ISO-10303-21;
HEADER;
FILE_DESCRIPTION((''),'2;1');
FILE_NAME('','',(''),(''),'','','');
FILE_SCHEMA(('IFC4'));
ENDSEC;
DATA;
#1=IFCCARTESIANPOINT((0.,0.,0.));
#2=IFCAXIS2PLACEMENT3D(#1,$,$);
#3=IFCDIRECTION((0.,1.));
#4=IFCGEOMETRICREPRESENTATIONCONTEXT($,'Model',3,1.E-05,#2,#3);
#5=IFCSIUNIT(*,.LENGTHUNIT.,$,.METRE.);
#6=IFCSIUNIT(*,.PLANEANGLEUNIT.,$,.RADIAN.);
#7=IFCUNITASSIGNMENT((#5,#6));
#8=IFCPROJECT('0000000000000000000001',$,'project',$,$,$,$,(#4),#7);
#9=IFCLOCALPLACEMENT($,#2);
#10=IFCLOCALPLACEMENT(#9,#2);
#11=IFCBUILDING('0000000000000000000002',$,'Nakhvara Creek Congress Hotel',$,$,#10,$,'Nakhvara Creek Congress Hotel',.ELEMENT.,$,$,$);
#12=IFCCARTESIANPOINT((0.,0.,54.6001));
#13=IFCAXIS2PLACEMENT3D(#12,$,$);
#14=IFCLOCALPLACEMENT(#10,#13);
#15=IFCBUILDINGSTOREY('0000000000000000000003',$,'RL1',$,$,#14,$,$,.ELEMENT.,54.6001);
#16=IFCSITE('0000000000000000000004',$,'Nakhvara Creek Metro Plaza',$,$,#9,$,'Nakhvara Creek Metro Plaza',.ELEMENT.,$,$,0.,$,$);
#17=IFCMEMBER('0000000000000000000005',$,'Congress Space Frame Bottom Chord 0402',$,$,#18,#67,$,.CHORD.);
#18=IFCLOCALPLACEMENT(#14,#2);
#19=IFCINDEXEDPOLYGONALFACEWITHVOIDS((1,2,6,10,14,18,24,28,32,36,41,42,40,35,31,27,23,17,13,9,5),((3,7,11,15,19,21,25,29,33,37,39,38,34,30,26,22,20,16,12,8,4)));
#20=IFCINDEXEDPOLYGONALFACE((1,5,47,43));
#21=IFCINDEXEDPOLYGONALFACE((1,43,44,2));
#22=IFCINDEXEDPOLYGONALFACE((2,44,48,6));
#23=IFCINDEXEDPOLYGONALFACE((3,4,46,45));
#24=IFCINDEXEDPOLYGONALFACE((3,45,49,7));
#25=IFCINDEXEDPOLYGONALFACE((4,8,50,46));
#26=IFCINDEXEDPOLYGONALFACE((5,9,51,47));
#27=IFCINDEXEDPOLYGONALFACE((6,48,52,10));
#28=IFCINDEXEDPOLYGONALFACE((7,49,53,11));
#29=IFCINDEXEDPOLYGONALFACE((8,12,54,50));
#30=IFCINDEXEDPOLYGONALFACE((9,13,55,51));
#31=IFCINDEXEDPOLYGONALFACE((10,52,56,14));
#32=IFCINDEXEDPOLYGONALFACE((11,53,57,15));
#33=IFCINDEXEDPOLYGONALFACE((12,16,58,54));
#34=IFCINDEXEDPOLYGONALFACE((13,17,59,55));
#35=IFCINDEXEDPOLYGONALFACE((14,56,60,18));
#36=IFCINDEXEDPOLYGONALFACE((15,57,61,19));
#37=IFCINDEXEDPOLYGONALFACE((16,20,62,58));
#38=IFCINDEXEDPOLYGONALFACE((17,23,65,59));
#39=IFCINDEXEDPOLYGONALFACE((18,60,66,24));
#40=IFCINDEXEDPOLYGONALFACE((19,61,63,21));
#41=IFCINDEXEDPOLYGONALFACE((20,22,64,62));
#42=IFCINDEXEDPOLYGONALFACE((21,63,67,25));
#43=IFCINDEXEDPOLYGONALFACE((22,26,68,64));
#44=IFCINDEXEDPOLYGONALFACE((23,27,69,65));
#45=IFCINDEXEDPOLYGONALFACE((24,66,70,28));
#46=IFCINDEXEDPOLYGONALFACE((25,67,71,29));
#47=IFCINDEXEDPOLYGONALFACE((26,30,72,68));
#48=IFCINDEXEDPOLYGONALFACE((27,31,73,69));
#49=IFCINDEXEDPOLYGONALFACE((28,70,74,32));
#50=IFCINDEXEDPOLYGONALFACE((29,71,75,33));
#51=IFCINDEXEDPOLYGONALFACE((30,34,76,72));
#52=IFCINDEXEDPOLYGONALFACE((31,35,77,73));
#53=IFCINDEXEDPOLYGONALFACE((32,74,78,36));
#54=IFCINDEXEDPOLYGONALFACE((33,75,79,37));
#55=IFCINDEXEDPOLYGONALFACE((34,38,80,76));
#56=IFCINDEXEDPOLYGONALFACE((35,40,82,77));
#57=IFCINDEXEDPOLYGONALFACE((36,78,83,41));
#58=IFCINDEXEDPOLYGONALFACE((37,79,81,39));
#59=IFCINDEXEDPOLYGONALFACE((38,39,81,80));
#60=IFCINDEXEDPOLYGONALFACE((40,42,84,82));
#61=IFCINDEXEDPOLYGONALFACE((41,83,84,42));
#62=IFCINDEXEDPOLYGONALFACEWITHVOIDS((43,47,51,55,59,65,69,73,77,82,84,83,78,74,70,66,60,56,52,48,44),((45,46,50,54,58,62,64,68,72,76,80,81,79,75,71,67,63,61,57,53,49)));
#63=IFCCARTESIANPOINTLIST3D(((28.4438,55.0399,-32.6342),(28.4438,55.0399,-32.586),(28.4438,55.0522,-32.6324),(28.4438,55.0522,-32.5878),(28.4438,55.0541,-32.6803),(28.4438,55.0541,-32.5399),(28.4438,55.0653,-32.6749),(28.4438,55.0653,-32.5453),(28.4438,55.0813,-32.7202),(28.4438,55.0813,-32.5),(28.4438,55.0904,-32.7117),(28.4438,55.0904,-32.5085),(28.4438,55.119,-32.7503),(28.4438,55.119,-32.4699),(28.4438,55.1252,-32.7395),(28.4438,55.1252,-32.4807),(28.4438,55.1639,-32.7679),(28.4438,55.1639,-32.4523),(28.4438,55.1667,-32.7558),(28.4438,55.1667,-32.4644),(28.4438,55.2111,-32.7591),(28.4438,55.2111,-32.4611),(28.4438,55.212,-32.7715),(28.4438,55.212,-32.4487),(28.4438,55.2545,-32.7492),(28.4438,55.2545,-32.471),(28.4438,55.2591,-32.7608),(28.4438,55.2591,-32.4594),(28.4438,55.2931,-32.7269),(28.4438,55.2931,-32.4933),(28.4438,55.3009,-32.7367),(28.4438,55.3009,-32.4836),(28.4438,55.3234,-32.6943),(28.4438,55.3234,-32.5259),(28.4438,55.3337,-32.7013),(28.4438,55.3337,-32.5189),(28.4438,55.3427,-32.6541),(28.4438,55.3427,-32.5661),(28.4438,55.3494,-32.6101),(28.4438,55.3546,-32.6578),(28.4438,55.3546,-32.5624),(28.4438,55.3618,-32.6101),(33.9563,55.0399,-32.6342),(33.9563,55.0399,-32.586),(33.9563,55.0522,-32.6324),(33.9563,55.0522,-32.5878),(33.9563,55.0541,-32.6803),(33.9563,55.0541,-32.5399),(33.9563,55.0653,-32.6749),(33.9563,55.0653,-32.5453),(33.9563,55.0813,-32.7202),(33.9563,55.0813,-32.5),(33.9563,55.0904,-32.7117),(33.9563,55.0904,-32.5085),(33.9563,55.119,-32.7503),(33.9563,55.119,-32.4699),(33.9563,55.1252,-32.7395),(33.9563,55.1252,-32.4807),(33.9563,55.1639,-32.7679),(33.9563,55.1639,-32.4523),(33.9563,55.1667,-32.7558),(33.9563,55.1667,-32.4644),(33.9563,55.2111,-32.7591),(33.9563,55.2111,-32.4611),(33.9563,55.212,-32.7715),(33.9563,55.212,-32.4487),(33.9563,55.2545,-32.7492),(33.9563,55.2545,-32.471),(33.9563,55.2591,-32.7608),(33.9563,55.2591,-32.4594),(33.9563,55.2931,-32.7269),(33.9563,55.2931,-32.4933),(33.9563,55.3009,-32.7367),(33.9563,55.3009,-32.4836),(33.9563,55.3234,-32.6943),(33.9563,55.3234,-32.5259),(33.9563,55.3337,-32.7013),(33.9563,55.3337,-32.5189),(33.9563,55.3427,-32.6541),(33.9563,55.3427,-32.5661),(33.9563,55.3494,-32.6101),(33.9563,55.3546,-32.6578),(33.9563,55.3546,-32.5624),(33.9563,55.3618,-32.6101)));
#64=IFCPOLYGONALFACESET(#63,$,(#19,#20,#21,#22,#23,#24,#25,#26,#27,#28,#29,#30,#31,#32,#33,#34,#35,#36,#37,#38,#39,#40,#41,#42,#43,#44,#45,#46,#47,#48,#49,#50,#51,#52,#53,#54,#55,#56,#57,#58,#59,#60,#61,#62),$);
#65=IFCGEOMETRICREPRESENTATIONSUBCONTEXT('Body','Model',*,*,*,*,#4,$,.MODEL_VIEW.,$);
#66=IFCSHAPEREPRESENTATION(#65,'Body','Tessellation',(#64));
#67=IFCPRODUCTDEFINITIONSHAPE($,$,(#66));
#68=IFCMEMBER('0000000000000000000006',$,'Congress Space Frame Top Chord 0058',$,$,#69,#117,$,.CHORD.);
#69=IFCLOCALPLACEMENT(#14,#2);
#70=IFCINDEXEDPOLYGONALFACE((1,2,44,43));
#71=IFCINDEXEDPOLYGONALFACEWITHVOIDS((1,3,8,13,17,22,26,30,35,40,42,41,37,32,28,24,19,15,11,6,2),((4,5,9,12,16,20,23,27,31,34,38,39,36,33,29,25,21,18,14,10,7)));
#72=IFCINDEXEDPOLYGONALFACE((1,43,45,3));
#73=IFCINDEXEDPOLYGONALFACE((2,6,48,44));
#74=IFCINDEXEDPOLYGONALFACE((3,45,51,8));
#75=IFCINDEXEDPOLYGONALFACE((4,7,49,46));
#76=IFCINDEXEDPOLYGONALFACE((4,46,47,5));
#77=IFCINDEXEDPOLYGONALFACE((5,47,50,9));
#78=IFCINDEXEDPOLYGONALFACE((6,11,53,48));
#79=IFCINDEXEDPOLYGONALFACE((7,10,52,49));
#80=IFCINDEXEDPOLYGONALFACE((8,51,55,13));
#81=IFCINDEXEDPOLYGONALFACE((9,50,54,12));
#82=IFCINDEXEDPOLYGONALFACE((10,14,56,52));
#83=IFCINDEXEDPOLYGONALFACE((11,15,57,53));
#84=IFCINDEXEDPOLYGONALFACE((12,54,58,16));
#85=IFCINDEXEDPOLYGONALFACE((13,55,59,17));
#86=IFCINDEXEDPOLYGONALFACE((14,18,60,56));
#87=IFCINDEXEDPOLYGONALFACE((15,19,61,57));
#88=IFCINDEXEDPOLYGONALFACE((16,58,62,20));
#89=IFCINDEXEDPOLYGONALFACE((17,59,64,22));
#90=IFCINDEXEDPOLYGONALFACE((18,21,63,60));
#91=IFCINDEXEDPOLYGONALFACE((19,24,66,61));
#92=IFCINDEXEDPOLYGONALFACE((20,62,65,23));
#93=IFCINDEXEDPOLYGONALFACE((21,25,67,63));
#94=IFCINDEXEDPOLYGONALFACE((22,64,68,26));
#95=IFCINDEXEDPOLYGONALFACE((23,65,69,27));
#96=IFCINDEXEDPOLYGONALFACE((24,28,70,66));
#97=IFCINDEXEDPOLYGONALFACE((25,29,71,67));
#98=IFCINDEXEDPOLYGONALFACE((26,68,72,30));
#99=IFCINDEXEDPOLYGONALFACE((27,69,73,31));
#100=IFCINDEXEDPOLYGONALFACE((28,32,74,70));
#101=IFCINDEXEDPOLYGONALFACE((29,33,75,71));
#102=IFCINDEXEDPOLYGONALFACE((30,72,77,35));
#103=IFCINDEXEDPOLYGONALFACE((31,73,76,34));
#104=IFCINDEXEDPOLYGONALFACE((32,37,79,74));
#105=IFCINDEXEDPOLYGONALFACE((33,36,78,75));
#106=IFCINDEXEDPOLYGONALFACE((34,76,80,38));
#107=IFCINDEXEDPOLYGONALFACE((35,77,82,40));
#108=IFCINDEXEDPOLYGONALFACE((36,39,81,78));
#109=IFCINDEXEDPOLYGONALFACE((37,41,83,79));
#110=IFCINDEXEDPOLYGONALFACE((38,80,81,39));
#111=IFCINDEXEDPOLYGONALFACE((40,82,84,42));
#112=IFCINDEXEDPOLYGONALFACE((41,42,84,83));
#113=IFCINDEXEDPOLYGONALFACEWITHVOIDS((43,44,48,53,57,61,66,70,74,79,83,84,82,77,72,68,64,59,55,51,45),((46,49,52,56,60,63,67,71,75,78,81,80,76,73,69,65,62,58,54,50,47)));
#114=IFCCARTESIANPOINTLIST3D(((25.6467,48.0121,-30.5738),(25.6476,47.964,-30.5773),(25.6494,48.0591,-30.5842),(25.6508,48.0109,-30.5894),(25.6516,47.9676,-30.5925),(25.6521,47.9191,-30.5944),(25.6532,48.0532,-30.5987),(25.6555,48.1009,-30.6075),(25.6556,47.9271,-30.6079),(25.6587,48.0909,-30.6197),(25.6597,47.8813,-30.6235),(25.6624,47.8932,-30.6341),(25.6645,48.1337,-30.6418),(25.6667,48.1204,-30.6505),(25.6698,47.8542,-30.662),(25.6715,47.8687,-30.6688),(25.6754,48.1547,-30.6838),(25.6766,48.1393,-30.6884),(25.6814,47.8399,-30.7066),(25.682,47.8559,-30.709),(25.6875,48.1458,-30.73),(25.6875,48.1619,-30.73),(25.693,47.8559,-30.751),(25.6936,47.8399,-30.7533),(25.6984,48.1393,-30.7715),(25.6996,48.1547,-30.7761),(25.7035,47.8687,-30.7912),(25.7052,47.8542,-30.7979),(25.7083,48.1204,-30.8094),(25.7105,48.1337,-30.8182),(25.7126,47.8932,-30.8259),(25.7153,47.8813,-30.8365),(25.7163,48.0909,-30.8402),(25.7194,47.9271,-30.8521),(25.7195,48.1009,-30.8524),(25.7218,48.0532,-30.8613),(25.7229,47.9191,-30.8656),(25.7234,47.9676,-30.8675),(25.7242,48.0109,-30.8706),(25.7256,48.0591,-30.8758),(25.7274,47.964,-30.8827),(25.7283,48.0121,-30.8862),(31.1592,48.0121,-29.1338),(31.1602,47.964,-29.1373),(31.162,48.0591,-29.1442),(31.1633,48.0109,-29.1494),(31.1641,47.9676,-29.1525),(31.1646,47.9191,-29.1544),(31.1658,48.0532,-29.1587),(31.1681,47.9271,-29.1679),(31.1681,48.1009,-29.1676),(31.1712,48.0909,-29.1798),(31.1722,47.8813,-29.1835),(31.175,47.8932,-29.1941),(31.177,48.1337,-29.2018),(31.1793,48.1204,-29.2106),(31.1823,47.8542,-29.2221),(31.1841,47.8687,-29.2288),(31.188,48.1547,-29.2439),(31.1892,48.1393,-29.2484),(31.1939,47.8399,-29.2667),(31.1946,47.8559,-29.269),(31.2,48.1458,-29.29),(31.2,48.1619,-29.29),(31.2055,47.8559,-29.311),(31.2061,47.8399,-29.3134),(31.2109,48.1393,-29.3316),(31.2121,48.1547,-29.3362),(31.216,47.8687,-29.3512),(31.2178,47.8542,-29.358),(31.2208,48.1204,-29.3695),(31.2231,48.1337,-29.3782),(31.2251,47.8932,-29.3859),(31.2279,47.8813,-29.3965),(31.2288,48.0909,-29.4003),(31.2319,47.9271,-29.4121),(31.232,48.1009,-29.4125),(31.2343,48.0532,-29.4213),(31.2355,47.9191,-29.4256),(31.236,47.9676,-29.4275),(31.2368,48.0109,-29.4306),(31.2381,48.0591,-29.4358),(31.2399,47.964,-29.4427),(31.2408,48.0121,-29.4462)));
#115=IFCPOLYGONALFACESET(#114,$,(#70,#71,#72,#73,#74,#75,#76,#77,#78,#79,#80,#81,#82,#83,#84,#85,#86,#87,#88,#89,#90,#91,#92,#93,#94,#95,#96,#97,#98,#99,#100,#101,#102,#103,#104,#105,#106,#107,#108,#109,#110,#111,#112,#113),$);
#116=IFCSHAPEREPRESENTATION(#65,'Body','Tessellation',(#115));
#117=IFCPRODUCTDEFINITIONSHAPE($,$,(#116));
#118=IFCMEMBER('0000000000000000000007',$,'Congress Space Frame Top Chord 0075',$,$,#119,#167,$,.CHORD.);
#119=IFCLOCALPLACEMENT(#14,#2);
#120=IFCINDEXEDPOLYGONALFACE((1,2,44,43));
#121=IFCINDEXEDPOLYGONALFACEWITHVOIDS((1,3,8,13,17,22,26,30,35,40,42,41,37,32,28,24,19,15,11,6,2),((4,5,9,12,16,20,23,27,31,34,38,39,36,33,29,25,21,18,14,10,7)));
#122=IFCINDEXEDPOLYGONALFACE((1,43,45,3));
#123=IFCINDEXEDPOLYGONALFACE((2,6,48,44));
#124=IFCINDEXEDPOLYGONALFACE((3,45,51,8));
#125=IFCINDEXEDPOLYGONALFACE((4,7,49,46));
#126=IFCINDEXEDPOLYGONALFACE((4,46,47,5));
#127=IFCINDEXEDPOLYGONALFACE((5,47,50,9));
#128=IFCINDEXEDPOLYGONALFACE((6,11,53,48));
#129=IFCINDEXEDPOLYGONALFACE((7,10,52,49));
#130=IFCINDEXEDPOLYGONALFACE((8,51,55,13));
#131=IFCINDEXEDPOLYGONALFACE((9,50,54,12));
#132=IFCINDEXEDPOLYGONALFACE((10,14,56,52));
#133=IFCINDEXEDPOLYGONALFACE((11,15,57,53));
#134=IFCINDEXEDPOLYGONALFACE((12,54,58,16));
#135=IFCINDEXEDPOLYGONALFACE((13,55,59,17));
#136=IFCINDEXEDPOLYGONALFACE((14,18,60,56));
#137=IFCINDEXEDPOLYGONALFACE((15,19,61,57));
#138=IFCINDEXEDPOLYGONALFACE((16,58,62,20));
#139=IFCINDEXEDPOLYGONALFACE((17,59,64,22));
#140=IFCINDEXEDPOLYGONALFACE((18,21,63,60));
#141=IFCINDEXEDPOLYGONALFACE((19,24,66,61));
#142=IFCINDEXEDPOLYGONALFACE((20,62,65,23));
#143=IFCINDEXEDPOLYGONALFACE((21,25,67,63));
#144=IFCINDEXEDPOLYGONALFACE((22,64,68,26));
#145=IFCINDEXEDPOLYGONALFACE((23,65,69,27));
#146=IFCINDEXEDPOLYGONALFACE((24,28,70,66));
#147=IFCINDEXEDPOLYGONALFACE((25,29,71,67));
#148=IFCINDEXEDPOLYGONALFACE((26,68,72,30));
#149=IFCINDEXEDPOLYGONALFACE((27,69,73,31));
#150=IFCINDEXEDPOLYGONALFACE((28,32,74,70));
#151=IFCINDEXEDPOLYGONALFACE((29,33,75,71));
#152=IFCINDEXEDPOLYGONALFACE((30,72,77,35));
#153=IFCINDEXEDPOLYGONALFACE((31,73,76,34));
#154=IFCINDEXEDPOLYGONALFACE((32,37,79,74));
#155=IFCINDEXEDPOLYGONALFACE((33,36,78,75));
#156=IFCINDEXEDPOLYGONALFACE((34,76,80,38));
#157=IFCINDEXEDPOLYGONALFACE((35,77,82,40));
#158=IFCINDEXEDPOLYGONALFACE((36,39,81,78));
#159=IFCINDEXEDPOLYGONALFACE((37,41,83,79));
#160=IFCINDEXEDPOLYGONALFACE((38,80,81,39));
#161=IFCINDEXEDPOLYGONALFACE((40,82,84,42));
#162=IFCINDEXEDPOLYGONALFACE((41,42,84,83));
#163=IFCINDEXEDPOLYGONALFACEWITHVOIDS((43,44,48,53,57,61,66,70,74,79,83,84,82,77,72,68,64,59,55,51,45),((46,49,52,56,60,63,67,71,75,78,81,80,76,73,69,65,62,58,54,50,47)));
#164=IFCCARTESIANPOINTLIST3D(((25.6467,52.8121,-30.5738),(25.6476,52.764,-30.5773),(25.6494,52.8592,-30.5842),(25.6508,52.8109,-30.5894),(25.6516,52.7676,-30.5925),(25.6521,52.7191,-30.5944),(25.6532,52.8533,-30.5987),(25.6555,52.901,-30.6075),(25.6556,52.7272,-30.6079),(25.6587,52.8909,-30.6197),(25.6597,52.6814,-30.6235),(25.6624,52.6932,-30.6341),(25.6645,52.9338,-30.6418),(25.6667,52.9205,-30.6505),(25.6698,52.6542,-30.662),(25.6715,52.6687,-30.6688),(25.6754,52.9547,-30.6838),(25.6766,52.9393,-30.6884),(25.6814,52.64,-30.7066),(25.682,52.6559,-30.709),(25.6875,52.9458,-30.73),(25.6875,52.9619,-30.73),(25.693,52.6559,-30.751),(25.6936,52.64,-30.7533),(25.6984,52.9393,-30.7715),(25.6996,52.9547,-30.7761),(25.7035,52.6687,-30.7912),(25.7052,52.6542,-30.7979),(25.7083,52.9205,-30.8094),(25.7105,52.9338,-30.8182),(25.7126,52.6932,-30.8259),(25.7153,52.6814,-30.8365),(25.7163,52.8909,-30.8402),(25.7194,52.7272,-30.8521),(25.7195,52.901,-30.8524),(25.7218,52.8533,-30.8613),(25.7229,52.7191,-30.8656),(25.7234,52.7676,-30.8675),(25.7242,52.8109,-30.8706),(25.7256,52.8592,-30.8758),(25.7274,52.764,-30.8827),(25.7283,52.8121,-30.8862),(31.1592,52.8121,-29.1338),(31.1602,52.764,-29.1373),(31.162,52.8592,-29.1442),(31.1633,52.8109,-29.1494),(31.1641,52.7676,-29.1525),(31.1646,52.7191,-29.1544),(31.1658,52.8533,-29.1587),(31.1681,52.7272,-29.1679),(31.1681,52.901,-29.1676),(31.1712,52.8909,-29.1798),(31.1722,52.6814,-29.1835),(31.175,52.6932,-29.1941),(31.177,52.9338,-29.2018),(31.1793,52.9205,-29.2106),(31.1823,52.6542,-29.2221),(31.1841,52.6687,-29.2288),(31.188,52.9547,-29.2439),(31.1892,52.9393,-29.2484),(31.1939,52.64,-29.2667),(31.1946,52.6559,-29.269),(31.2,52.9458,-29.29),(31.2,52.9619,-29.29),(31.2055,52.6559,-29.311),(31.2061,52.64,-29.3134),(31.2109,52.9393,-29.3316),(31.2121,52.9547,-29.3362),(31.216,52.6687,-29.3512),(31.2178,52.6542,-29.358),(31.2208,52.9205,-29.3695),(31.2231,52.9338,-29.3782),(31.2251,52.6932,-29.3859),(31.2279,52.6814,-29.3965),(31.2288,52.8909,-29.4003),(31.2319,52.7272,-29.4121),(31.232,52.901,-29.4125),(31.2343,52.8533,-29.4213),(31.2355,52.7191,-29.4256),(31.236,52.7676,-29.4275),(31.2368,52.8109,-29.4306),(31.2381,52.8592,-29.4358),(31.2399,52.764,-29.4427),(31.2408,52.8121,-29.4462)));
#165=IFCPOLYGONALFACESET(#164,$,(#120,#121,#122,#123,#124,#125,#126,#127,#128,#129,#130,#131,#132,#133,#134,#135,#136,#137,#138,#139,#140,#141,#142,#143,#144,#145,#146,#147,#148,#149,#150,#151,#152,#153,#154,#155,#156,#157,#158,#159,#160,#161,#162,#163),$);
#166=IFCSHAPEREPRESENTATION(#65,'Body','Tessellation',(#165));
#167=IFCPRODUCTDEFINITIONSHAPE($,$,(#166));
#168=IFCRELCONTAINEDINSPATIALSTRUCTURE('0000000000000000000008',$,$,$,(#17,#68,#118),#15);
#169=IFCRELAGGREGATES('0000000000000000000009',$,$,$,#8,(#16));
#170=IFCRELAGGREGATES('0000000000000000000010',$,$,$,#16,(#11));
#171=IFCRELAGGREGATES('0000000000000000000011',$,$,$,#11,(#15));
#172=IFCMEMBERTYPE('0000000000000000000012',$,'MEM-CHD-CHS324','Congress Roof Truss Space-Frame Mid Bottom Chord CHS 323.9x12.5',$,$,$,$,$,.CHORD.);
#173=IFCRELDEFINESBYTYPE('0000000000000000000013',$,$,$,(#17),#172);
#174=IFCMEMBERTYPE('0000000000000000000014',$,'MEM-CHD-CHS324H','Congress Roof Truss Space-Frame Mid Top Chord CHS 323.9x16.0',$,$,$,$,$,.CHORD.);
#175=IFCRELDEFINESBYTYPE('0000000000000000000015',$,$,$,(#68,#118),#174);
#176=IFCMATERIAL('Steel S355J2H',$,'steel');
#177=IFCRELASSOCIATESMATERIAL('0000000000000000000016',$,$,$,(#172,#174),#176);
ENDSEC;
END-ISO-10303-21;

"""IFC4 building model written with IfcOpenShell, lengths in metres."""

from ifc_helpers import new_model, si_unit, direction, frame, origin, origin_2d, place, context, subcontext, project, spatial, hollow_circle, extrude, material, material_profile, profile_set, type_object, element, save


model = new_model("IFC4")

# Units and contexts
model_context = context("Model", 3, precision=1e-05, world=origin(), true_north=direction((0.0, 1.0)))
body_context = subcontext(model_context, "Body", "Model", "MODEL_VIEW")
ifc_project = project(units=[si_unit("LENGTHUNIT", "METRE"), si_unit("PLANEANGLEUNIT", "RADIAN")], contexts=[model_context])

# Site, building, storey
site_placement = place(None, origin())
site = spatial("IfcSite", under=ifc_project, at=site_placement, Name="Nakhvara Creek Metro Plaza", LongName="Nakhvara Creek Metro Plaza", CompositionType="ELEMENT", RefElevation=0.0)
building_placement = place(site_placement, origin())
building = spatial("IfcBuilding", under=site, at=building_placement, Name="Nakhvara Creek Congress Hotel", LongName="Nakhvara Creek Congress Hotel", CompositionType="ELEMENT")
storey_placement = place(building_placement, frame((0.0, 0.0, 54.6001)))
storey = spatial("IfcBuildingStorey", under=building, at=storey_placement, Name="RL1", CompositionType="ELEMENT", Elevation=54.6001)

# Members
ifc_material_1 = material(Name="Steel S355J2H", Category="steel")
ifc_material_profile_1 = material_profile(ifc_material_1, hollow_circle(Radius=0.1619, WallThickness=0.0125, at=origin_2d()), Name="CHS 323.9x12.5", Category="LoadBearing")
ifc_profile_set_1 = profile_set([ifc_material_profile_1], Name="Steel S355J2H")
member_type_1 = type_object("IfcMemberType", Name="MEM-CHD-CHS324", Description="Congress Roof Truss Space-Frame Mid Bottom Chord CHS 323.9x12.5", PredefinedType="CHORD", material=ifc_profile_set_1)
member_1_placement = place(storey_placement, frame((28.4438, 55.2, -32.6101), z_axis=(1.0, 0.0, 0.0), x_axis=(0.0, 1.0, 0.0)))
element("IfcMember", 1, at=member_1_placement, inside=storey, type_object=member_type_1, Name="Congress Space Frame Bottom Chord 0402", PredefinedType="CHORD", context=body_context, shape_type="SweptSolid", body=[
    extrude(hollow_circle(Radius=0.1619, WallThickness=0.0125, at=origin_2d()), origin(), (0.0, 0.0, 1.0), 5.5125),
])
ifc_material_profile_2 = material_profile(ifc_material_1, hollow_circle(Radius=0.1619, WallThickness=0.0161, at=origin_2d()), Name="CHS 323.9x16.0", Category="LoadBearing")
ifc_profile_set_2 = profile_set([ifc_material_profile_2], Name="Steel S355J2H")
member_type_2 = type_object("IfcMemberType", Name="MEM-CHD-CHS324H", Description="Congress Roof Truss Space-Frame Mid Top Chord CHS 323.9x16.0", PredefinedType="CHORD", material=ifc_profile_set_2)
for number, where, z_axis, x_axis, name in (
    (2, (25.6875, 48.0, -30.73), (0.967535, 0.0, 0.252736), (0.0, 1.0, 0.0), "Congress Space Frame Top Chord 0058"),
    (3, (25.6875, 52.8, -30.73), (0.967535, 0.0, 0.252736), (0.0, 1.0, 0.0), "Congress Space Frame Top Chord 0075"),
):
    element("IfcMember", number, at=place(storey_placement, frame(where, z_axis=z_axis, x_axis=x_axis)), inside=storey, type_object=member_type_2, Name=name, PredefinedType="CHORD", context=body_context, shape_type="SweptSolid", body=[
        extrude(hollow_circle(Radius=0.1619, WallThickness=0.0161, at=origin_2d()), origin(), (0.0, 0.0, 1.0), 5.6975),
    ])

save(model, "model.ifc")
